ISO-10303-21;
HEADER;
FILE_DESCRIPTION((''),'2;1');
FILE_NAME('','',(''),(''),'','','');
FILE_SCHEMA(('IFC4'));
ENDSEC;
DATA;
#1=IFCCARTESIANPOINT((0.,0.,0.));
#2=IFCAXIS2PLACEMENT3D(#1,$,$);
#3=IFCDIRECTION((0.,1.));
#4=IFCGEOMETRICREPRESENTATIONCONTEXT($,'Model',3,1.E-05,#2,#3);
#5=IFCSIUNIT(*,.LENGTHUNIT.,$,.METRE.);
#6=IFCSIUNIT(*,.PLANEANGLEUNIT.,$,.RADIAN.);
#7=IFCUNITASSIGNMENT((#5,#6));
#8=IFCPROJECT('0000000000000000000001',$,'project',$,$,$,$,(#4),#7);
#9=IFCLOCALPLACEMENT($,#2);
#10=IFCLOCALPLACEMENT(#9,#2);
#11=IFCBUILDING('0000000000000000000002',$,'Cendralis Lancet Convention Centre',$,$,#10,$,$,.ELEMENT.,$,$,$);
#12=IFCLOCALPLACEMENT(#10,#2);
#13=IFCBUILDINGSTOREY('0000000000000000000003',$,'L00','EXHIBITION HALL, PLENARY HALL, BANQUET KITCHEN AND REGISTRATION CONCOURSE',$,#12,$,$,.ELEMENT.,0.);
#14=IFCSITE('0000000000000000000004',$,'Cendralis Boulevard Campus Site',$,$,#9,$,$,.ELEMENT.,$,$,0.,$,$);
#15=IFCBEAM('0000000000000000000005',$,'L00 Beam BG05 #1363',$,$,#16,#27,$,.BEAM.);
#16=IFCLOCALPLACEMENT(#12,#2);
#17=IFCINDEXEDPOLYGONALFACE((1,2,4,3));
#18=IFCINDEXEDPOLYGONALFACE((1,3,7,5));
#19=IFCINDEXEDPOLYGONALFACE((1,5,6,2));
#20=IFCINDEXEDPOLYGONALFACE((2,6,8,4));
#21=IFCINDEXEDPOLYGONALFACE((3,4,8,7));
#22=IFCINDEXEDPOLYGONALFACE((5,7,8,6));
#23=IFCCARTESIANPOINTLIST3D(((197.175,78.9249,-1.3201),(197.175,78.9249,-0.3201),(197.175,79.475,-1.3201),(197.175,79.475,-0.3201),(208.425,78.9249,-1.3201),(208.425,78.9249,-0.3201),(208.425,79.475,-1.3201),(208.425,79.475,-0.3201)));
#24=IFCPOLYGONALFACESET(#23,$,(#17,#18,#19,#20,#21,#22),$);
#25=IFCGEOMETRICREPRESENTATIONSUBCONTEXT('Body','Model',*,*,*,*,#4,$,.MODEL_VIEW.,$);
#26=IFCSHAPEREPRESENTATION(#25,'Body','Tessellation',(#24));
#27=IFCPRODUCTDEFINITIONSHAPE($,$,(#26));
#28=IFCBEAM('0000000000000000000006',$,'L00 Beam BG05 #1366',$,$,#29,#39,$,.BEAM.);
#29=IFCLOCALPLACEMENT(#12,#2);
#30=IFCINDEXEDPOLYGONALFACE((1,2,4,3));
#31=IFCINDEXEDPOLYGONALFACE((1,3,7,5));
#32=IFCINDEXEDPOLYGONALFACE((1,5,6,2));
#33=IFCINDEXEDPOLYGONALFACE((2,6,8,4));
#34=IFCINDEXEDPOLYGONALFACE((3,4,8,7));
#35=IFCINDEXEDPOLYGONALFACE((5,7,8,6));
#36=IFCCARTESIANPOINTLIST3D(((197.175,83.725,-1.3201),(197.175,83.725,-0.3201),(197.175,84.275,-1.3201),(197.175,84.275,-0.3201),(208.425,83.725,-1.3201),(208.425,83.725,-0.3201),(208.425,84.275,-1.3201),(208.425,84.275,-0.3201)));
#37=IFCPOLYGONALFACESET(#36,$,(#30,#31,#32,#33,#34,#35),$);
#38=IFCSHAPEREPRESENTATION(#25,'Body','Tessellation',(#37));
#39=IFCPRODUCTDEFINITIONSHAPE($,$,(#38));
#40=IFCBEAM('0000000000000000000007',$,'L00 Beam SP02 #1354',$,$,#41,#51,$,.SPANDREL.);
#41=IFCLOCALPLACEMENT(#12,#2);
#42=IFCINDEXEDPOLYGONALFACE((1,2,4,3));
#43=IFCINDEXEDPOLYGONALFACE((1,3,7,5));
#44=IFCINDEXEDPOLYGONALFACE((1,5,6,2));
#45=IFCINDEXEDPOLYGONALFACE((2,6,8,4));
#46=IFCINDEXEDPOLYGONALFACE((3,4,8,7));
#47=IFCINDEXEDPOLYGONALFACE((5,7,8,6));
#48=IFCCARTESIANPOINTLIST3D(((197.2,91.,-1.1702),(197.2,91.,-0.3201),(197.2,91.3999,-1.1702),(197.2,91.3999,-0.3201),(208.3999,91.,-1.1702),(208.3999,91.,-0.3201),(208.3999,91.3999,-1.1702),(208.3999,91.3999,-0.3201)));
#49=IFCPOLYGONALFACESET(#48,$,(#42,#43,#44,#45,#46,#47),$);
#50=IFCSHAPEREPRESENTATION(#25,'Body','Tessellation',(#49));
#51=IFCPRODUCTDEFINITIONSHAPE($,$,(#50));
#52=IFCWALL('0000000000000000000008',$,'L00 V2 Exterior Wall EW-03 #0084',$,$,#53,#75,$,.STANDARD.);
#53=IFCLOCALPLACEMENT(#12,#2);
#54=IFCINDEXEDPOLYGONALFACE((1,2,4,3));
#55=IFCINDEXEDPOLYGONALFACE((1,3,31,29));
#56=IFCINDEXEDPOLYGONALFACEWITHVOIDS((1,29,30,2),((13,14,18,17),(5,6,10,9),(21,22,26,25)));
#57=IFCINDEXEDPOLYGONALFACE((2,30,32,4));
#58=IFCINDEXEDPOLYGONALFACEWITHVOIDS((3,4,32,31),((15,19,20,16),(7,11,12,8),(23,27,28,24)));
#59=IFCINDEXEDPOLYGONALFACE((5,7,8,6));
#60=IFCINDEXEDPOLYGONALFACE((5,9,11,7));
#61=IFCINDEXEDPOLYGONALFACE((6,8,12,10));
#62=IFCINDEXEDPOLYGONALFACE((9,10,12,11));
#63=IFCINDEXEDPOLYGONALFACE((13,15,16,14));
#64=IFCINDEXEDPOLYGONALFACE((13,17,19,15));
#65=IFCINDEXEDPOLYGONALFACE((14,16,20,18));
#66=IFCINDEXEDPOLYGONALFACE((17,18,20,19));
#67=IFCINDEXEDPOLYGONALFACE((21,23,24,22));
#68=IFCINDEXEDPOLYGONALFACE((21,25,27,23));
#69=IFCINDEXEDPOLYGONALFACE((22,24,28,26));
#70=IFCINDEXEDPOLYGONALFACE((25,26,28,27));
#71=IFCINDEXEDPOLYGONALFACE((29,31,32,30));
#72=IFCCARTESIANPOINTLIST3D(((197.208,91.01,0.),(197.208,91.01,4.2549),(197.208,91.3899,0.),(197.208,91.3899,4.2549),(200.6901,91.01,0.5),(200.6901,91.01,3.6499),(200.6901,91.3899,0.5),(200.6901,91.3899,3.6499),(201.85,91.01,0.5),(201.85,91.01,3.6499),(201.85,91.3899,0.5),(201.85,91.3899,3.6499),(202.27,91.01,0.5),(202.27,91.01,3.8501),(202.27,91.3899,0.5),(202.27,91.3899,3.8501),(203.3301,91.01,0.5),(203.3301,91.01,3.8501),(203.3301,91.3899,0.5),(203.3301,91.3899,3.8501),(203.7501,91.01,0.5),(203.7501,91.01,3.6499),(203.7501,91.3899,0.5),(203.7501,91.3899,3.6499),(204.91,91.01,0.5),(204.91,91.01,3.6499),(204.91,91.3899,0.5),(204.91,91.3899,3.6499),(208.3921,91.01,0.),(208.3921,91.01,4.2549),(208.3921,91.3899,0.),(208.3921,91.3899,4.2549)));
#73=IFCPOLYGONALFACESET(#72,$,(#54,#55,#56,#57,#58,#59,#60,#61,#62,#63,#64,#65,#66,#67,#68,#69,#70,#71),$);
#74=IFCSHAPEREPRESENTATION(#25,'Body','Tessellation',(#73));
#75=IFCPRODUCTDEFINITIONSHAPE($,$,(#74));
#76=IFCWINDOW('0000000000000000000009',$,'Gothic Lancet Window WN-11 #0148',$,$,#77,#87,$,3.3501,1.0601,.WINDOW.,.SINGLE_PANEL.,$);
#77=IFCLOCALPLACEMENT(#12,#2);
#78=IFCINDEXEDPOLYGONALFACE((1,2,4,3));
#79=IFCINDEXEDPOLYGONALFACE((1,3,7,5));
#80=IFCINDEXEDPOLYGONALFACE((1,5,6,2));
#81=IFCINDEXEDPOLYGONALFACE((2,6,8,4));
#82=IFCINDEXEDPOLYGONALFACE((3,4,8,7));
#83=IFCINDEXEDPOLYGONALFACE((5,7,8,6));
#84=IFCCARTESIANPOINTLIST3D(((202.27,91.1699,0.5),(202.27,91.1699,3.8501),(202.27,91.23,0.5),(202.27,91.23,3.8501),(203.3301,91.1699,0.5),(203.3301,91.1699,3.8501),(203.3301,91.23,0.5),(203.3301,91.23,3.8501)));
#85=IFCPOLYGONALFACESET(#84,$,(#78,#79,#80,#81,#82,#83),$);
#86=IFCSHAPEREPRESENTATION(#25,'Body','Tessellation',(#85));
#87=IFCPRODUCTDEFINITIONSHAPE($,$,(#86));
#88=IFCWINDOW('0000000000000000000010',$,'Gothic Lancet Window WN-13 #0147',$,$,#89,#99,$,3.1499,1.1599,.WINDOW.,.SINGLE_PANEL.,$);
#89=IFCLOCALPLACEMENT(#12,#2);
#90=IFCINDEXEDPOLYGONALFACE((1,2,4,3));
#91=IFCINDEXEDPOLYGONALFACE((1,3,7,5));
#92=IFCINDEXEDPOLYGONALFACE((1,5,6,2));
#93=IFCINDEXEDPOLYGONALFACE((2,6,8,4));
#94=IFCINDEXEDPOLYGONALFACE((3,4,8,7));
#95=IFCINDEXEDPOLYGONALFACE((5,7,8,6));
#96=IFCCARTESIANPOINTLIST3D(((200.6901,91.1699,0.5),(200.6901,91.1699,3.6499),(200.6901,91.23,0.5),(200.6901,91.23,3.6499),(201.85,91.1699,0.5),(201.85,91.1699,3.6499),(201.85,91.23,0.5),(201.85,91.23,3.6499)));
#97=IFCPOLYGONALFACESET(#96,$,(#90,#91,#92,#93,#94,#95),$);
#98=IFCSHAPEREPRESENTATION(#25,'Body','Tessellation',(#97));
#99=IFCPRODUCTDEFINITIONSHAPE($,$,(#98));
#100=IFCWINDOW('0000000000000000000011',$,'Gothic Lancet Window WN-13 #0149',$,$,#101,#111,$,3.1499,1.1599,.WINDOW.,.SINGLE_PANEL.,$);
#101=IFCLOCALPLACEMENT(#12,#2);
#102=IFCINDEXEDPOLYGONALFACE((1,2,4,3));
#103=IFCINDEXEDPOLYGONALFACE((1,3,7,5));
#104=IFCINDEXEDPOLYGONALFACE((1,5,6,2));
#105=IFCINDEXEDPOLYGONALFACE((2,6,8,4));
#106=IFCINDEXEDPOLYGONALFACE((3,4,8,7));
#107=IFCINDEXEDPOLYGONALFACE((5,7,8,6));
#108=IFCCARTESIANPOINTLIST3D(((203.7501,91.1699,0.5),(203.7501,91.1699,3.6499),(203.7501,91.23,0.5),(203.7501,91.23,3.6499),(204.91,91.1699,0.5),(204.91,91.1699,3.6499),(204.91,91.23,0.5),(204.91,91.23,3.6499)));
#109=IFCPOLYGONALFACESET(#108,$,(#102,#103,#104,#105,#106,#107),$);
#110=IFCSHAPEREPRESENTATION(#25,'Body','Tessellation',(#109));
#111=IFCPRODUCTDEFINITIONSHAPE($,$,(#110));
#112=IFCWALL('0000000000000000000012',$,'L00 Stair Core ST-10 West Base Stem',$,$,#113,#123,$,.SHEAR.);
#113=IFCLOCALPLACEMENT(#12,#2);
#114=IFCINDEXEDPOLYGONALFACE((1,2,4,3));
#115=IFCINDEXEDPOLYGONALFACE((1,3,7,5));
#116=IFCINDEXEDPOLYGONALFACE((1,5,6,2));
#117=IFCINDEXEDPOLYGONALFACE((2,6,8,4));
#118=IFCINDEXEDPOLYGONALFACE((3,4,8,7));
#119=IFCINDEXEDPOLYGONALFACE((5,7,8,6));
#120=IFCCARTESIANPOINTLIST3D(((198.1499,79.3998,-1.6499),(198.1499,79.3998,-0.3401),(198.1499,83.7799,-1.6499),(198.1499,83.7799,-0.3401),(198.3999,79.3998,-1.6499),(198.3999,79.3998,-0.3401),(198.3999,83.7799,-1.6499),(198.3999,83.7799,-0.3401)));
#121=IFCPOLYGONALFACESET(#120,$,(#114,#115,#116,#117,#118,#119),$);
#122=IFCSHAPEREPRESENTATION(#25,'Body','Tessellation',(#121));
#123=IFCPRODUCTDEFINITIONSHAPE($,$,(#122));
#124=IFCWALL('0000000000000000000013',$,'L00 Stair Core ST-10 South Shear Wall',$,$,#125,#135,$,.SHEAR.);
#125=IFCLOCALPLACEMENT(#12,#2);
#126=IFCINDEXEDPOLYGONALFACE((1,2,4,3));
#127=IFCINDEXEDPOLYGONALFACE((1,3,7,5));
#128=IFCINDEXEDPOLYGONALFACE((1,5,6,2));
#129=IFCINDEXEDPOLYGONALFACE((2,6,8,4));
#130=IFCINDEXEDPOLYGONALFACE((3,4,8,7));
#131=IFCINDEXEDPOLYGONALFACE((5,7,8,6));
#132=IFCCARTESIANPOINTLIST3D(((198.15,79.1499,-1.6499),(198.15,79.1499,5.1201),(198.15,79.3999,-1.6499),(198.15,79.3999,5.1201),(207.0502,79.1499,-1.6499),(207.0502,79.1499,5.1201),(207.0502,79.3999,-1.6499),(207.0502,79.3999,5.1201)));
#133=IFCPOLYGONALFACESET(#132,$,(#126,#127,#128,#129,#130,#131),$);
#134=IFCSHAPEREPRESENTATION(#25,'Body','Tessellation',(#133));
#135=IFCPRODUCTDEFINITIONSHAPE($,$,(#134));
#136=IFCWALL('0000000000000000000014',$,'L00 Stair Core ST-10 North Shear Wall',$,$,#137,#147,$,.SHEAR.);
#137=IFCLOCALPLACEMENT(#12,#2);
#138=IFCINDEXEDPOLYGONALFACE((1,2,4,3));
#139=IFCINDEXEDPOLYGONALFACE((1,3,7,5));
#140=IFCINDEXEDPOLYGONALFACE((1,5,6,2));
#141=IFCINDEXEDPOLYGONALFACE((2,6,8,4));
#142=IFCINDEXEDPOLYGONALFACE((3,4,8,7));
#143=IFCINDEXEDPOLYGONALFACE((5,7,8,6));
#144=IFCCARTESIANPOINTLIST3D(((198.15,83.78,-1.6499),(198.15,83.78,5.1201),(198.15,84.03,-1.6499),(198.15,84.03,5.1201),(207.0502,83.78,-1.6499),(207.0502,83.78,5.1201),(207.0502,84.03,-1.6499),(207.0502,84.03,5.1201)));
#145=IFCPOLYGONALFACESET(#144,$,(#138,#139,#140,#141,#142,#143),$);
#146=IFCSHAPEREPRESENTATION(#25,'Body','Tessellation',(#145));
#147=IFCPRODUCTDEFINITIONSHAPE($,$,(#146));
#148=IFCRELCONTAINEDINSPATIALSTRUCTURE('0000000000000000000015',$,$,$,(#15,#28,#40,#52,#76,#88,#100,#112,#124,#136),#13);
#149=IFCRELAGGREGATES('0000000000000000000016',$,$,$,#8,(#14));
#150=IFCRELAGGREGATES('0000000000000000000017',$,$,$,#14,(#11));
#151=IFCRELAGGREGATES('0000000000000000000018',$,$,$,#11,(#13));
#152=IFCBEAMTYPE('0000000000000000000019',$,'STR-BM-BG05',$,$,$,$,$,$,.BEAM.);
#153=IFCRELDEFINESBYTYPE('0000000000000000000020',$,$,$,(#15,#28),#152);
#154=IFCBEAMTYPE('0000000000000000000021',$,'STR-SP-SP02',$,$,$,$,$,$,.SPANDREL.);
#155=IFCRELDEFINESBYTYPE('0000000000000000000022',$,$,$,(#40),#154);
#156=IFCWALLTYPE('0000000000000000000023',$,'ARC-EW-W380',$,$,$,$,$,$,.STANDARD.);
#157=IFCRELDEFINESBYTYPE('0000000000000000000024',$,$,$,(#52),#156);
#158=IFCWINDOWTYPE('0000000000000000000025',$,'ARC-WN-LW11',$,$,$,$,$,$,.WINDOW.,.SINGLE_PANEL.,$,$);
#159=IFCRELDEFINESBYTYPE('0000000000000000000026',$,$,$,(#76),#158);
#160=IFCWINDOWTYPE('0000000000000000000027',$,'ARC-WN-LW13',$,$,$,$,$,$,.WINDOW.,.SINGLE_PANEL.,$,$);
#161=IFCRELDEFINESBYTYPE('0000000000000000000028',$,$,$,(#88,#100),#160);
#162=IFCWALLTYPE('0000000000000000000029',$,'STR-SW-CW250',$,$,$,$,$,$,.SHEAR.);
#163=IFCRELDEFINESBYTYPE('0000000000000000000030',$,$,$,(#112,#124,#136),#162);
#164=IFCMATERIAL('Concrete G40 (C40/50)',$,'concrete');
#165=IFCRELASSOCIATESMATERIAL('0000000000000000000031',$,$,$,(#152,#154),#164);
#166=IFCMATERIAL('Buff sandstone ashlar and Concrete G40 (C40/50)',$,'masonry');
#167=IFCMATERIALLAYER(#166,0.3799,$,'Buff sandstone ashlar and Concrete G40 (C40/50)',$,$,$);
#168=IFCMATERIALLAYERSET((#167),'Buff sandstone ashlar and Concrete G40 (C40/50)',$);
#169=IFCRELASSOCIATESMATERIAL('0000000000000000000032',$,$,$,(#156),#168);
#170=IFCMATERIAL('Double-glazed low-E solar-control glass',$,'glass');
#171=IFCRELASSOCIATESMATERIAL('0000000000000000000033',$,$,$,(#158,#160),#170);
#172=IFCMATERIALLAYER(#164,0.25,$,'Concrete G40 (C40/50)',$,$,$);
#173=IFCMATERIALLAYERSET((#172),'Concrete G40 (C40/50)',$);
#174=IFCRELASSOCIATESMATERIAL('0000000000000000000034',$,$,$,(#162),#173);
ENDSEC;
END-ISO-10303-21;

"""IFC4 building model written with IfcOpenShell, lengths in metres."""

from ifc_helpers import new_model, si_unit, direction, frame, frame_2d, origin, origin_2d, place, context, subcontext, project, spatial, rectangle, extrude, material, layer, layer_set, material_profile, profile_set, type_object, element, fill, save


model = new_model("IFC4")

# Units and contexts
model_context = context("Model", 3, precision=1e-05, world=origin(), true_north=direction((0.0, 1.0)))
body_context = subcontext(model_context, "Body", "Model", "MODEL_VIEW")
ifc_project = project(units=[si_unit("LENGTHUNIT", "METRE"), si_unit("PLANEANGLEUNIT", "RADIAN")], contexts=[model_context])

# Site, building, storey
site_placement = place(None, origin())
site = spatial("IfcSite", under=ifc_project, at=site_placement, Name="Cendralis Boulevard Campus Site", CompositionType="ELEMENT", RefElevation=0.0)
building_placement = place(site_placement, origin())
building = spatial("IfcBuilding", under=site, at=building_placement, Name="Cendralis Lancet Convention Centre", CompositionType="ELEMENT")
storey_placement = place(building_placement, origin())
storey = spatial("IfcBuildingStorey", under=building, at=storey_placement, Name="L00", Description="EXHIBITION HALL, PLENARY HALL, BANQUET KITCHEN AND REGISTRATION CONCOURSE", CompositionType="ELEMENT", Elevation=0.0)

# Beams
ifc_material_1 = material(Name="Concrete G40 (C40/50)", Category="concrete")
ifc_material_profile_1 = material_profile(ifc_material_1, rectangle(XDim=0.55, YDim=1.0, at=origin_2d()), Name="RCB 550x1000")
ifc_profile_set_1 = profile_set([ifc_material_profile_1], Name="Concrete G40 (C40/50)")
beam_type_1 = type_object("IfcBeamType", Name="STR-BM-BG05", PredefinedType="BEAM", material=ifc_profile_set_1)
for number, where, z_axis, x_axis, name in (
    (1, (197.175, 79.2, -0.8201), (1.0, 0.0, 0.0), (0.0, 1.0, 0.0), "L00 Beam BG05 #1363"),
    (2, (197.175, 84.0, -0.8201), (1.0, 0.0, 0.0), (0.0, 1.0, 0.0), "L00 Beam BG05 #1366"),
):
    element("IfcBeam", number, at=place(storey_placement, frame(where, z_axis=z_axis, x_axis=x_axis)), inside=storey, type_object=beam_type_1, Name=name, PredefinedType="BEAM", context=body_context, shape_type="SweptSolid", body=[
        extrude(rectangle(XDim=0.55, YDim=1.0, at=origin_2d()), origin(), (0.0, 0.0, 1.0), 11.25),
    ])
ifc_material_profile_2 = material_profile(ifc_material_1, rectangle(XDim=0.3999, YDim=0.8501, at=origin_2d()), Name="RCB 400x850")
ifc_profile_set_2 = profile_set([ifc_material_profile_2], Name="Concrete G40 (C40/50)")
beam_type_2 = type_object("IfcBeamType", Name="STR-SP-SP02", PredefinedType="SPANDREL", material=ifc_profile_set_2)
beam_placement = place(storey_placement, frame((197.2, 91.2, -0.7451), z_axis=(1.0, 0.0, 0.0), x_axis=(0.0, 1.0, 0.0)))
element("IfcBeam", 3, at=beam_placement, inside=storey, type_object=beam_type_2, Name="L00 Beam SP02 #1354", PredefinedType="SPANDREL", context=body_context, shape_type="SweptSolid", body=[
    extrude(rectangle(XDim=0.3999, YDim=0.8501, at=origin_2d()), origin(), (0.0, 0.0, 1.0), 11.2),
])

# Wall, openings, windows
ifc_material_2 = material(Name="Buff sandstone ashlar and Concrete G40 (C40/50)", Category="masonry")
ifc_layer_1 = layer(ifc_material_2, 0.3799, Name="Buff sandstone ashlar and Concrete G40 (C40/50)")
ifc_layer_set_1 = layer_set([ifc_layer_1], Name="Buff sandstone ashlar and Concrete G40 (C40/50)")
wall_type_1 = type_object("IfcWallType", Name="ARC-EW-W380", PredefinedType="STANDARD", material=ifc_layer_set_1)
wall_1_placement = place(storey_placement, frame((197.208, 91.2, 0.0), z_axis=(0.0, 0.0, 1.0), x_axis=(1.0, 0.0, 0.0)))
wall_1 = element("IfcWall", 4, at=wall_1_placement, inside=storey, type_object=wall_type_1, Name="L00 V2 Exterior Wall EW-03 #0084", PredefinedType="STANDARD", context=body_context, shape_type="SweptSolid", body=[
    extrude(rectangle(XDim=11.1841, YDim=0.3799, at=frame_2d((5.592, 0.0))), origin(), (0.0, 0.0, 1.0), 4.2549),
])
opening_1_placement = place(wall_1_placement, frame((3.4819, 0.0, 0.5)))
opening_1 = element("IfcOpeningElement", 5, at=opening_1_placement, cuts=wall_1, PredefinedType="OPENING", context=body_context, shape_type="SweptSolid", body=[
    extrude(rectangle(XDim=1.1599, YDim=3.1499, at=frame_2d((0.5801, 1.575))), frame((0.0, 0.2, 0.0), z_axis=(0.0, -1.0, 0.0), x_axis=(1.0, 0.0, 0.0)), (0.0, 0.0, 1.0), 0.3999),
])
opening_2_placement = place(wall_1_placement, frame((5.062, 0.0, 0.5)))
opening_2 = element("IfcOpeningElement", 6, at=opening_2_placement, cuts=wall_1, PredefinedType="OPENING", context=body_context, shape_type="SweptSolid", body=[
    extrude(rectangle(XDim=1.0601, YDim=3.3501, at=frame_2d((0.53, 1.675))), frame((0.0, 0.2, 0.0), z_axis=(0.0, -1.0, 0.0), x_axis=(1.0, 0.0, 0.0)), (0.0, 0.0, 1.0), 0.3999),
])
opening_3_placement = place(wall_1_placement, frame((6.542, 0.0, 0.5)))
opening_3 = element("IfcOpeningElement", 7, at=opening_3_placement, cuts=wall_1, PredefinedType="OPENING", context=body_context, shape_type="SweptSolid", body=[
    extrude(rectangle(XDim=1.1599, YDim=3.1499, at=frame_2d((0.5801, 1.575))), frame((0.0, 0.2, 0.0), z_axis=(0.0, -1.0, 0.0), x_axis=(1.0, 0.0, 0.0)), (0.0, 0.0, 1.0), 0.3999),
])
ifc_material_3 = material(Name="Double-glazed low-E solar-control glass", Category="glass")
window_type_1 = type_object("IfcWindowType", Name="ARC-WN-LW11", PartitioningType="SINGLE_PANEL", PredefinedType="WINDOW", material=ifc_material_3)
window_1_placement = place(opening_2_placement, origin())
window_1 = element("IfcWindow", 8, at=window_1_placement, inside=storey, type_object=window_type_1, Name="Gothic Lancet Window WN-11 #0148", OverallHeight=3.3501, OverallWidth=1.0601, PartitioningType="SINGLE_PANEL", PredefinedType="WINDOW", context=body_context, shape_type="SweptSolid", body=[
    extrude(rectangle(XDim=1.0601, YDim=3.3501, at=frame_2d((0.53, 1.675))), frame((0.0, 0.03, 0.0), z_axis=(0.0, -1.0, 0.0), x_axis=(1.0, 0.0, 0.0)), (0.0, 0.0, 1.0), 0.0601),
])
fill(opening_2, window_1)
window_type_2 = type_object("IfcWindowType", Name="ARC-WN-LW13", PartitioningType="SINGLE_PANEL", PredefinedType="WINDOW", material=ifc_material_3)
window_2_placement = place(opening_1_placement, origin())
window_2 = element("IfcWindow", 9, at=window_2_placement, inside=storey, type_object=window_type_2, Name="Gothic Lancet Window WN-13 #0147", OverallHeight=3.1499, OverallWidth=1.1599, PartitioningType="SINGLE_PANEL", PredefinedType="WINDOW", context=body_context, shape_type="SweptSolid", body=[
    extrude(rectangle(XDim=1.1599, YDim=3.1499, at=frame_2d((0.5801, 1.575))), frame((0.0, 0.03, 0.0), z_axis=(0.0, -1.0, 0.0), x_axis=(1.0, 0.0, 0.0)), (0.0, 0.0, 1.0), 0.0601),
])
fill(opening_1, window_2)
window_3_placement = place(opening_3_placement, origin())
window_3 = element("IfcWindow", 10, at=window_3_placement, inside=storey, type_object=window_type_2, Name="Gothic Lancet Window WN-13 #0149", OverallHeight=3.1499, OverallWidth=1.1599, PartitioningType="SINGLE_PANEL", PredefinedType="WINDOW", context=body_context, shape_type="SweptSolid", body=[
    extrude(rectangle(XDim=1.1599, YDim=3.1499, at=frame_2d((0.5801, 1.575))), frame((0.0, 0.03, 0.0), z_axis=(0.0, -1.0, 0.0), x_axis=(1.0, 0.0, 0.0)), (0.0, 0.0, 1.0), 0.0601),
])
fill(opening_3, window_3)

# Wall
ifc_layer_2 = layer(ifc_material_1, 0.25, Name="Concrete G40 (C40/50)")
ifc_layer_set_2 = layer_set([ifc_layer_2], Name="Concrete G40 (C40/50)")
wall_type_2 = type_object("IfcWallType", Name="STR-SW-CW250", PredefinedType="SHEAR", material=ifc_layer_set_2)
wall_2_placement = place(storey_placement, frame((198.2749, 79.3999, -1.6499), z_axis=(0.0, 0.0, 1.0), x_axis=(0.0, 1.0, 0.0)))
element("IfcWall", 11, at=wall_2_placement, inside=storey, type_object=wall_type_2, Name="L00 Stair Core ST-10 West Base Stem", PredefinedType="SHEAR", context=body_context, shape_type="SweptSolid", body=[
    extrude(rectangle(XDim=4.3801, YDim=0.25, at=frame_2d((2.1899, 0.0))), origin(), (0.0, 0.0, 1.0), 1.3098),
])

# Walls
for number, where, z_axis, x_axis, name in (
    (12, (198.1499, 79.2749, -1.6499), (0.0, 0.0, 1.0), (1.0, 0.0, 0.0), "L00 Stair Core ST-10 South Shear Wall"),
    (13, (198.1499, 83.905, -1.6499), (0.0, 0.0, 1.0), (1.0, 0.0, 0.0), "L00 Stair Core ST-10 North Shear Wall"),
):
    element("IfcWall", number, at=place(storey_placement, frame(where, z_axis=z_axis, x_axis=x_axis)), inside=storey, type_object=wall_type_2, Name=name, PredefinedType="SHEAR", context=body_context, shape_type="SweptSolid", body=[
        extrude(rectangle(XDim=8.9001, YDim=0.25, at=frame_2d((4.4502, 0.0))), origin(), (0.0, 0.0, 1.0), 6.77),
    ])

save(model, "model.ifc")
